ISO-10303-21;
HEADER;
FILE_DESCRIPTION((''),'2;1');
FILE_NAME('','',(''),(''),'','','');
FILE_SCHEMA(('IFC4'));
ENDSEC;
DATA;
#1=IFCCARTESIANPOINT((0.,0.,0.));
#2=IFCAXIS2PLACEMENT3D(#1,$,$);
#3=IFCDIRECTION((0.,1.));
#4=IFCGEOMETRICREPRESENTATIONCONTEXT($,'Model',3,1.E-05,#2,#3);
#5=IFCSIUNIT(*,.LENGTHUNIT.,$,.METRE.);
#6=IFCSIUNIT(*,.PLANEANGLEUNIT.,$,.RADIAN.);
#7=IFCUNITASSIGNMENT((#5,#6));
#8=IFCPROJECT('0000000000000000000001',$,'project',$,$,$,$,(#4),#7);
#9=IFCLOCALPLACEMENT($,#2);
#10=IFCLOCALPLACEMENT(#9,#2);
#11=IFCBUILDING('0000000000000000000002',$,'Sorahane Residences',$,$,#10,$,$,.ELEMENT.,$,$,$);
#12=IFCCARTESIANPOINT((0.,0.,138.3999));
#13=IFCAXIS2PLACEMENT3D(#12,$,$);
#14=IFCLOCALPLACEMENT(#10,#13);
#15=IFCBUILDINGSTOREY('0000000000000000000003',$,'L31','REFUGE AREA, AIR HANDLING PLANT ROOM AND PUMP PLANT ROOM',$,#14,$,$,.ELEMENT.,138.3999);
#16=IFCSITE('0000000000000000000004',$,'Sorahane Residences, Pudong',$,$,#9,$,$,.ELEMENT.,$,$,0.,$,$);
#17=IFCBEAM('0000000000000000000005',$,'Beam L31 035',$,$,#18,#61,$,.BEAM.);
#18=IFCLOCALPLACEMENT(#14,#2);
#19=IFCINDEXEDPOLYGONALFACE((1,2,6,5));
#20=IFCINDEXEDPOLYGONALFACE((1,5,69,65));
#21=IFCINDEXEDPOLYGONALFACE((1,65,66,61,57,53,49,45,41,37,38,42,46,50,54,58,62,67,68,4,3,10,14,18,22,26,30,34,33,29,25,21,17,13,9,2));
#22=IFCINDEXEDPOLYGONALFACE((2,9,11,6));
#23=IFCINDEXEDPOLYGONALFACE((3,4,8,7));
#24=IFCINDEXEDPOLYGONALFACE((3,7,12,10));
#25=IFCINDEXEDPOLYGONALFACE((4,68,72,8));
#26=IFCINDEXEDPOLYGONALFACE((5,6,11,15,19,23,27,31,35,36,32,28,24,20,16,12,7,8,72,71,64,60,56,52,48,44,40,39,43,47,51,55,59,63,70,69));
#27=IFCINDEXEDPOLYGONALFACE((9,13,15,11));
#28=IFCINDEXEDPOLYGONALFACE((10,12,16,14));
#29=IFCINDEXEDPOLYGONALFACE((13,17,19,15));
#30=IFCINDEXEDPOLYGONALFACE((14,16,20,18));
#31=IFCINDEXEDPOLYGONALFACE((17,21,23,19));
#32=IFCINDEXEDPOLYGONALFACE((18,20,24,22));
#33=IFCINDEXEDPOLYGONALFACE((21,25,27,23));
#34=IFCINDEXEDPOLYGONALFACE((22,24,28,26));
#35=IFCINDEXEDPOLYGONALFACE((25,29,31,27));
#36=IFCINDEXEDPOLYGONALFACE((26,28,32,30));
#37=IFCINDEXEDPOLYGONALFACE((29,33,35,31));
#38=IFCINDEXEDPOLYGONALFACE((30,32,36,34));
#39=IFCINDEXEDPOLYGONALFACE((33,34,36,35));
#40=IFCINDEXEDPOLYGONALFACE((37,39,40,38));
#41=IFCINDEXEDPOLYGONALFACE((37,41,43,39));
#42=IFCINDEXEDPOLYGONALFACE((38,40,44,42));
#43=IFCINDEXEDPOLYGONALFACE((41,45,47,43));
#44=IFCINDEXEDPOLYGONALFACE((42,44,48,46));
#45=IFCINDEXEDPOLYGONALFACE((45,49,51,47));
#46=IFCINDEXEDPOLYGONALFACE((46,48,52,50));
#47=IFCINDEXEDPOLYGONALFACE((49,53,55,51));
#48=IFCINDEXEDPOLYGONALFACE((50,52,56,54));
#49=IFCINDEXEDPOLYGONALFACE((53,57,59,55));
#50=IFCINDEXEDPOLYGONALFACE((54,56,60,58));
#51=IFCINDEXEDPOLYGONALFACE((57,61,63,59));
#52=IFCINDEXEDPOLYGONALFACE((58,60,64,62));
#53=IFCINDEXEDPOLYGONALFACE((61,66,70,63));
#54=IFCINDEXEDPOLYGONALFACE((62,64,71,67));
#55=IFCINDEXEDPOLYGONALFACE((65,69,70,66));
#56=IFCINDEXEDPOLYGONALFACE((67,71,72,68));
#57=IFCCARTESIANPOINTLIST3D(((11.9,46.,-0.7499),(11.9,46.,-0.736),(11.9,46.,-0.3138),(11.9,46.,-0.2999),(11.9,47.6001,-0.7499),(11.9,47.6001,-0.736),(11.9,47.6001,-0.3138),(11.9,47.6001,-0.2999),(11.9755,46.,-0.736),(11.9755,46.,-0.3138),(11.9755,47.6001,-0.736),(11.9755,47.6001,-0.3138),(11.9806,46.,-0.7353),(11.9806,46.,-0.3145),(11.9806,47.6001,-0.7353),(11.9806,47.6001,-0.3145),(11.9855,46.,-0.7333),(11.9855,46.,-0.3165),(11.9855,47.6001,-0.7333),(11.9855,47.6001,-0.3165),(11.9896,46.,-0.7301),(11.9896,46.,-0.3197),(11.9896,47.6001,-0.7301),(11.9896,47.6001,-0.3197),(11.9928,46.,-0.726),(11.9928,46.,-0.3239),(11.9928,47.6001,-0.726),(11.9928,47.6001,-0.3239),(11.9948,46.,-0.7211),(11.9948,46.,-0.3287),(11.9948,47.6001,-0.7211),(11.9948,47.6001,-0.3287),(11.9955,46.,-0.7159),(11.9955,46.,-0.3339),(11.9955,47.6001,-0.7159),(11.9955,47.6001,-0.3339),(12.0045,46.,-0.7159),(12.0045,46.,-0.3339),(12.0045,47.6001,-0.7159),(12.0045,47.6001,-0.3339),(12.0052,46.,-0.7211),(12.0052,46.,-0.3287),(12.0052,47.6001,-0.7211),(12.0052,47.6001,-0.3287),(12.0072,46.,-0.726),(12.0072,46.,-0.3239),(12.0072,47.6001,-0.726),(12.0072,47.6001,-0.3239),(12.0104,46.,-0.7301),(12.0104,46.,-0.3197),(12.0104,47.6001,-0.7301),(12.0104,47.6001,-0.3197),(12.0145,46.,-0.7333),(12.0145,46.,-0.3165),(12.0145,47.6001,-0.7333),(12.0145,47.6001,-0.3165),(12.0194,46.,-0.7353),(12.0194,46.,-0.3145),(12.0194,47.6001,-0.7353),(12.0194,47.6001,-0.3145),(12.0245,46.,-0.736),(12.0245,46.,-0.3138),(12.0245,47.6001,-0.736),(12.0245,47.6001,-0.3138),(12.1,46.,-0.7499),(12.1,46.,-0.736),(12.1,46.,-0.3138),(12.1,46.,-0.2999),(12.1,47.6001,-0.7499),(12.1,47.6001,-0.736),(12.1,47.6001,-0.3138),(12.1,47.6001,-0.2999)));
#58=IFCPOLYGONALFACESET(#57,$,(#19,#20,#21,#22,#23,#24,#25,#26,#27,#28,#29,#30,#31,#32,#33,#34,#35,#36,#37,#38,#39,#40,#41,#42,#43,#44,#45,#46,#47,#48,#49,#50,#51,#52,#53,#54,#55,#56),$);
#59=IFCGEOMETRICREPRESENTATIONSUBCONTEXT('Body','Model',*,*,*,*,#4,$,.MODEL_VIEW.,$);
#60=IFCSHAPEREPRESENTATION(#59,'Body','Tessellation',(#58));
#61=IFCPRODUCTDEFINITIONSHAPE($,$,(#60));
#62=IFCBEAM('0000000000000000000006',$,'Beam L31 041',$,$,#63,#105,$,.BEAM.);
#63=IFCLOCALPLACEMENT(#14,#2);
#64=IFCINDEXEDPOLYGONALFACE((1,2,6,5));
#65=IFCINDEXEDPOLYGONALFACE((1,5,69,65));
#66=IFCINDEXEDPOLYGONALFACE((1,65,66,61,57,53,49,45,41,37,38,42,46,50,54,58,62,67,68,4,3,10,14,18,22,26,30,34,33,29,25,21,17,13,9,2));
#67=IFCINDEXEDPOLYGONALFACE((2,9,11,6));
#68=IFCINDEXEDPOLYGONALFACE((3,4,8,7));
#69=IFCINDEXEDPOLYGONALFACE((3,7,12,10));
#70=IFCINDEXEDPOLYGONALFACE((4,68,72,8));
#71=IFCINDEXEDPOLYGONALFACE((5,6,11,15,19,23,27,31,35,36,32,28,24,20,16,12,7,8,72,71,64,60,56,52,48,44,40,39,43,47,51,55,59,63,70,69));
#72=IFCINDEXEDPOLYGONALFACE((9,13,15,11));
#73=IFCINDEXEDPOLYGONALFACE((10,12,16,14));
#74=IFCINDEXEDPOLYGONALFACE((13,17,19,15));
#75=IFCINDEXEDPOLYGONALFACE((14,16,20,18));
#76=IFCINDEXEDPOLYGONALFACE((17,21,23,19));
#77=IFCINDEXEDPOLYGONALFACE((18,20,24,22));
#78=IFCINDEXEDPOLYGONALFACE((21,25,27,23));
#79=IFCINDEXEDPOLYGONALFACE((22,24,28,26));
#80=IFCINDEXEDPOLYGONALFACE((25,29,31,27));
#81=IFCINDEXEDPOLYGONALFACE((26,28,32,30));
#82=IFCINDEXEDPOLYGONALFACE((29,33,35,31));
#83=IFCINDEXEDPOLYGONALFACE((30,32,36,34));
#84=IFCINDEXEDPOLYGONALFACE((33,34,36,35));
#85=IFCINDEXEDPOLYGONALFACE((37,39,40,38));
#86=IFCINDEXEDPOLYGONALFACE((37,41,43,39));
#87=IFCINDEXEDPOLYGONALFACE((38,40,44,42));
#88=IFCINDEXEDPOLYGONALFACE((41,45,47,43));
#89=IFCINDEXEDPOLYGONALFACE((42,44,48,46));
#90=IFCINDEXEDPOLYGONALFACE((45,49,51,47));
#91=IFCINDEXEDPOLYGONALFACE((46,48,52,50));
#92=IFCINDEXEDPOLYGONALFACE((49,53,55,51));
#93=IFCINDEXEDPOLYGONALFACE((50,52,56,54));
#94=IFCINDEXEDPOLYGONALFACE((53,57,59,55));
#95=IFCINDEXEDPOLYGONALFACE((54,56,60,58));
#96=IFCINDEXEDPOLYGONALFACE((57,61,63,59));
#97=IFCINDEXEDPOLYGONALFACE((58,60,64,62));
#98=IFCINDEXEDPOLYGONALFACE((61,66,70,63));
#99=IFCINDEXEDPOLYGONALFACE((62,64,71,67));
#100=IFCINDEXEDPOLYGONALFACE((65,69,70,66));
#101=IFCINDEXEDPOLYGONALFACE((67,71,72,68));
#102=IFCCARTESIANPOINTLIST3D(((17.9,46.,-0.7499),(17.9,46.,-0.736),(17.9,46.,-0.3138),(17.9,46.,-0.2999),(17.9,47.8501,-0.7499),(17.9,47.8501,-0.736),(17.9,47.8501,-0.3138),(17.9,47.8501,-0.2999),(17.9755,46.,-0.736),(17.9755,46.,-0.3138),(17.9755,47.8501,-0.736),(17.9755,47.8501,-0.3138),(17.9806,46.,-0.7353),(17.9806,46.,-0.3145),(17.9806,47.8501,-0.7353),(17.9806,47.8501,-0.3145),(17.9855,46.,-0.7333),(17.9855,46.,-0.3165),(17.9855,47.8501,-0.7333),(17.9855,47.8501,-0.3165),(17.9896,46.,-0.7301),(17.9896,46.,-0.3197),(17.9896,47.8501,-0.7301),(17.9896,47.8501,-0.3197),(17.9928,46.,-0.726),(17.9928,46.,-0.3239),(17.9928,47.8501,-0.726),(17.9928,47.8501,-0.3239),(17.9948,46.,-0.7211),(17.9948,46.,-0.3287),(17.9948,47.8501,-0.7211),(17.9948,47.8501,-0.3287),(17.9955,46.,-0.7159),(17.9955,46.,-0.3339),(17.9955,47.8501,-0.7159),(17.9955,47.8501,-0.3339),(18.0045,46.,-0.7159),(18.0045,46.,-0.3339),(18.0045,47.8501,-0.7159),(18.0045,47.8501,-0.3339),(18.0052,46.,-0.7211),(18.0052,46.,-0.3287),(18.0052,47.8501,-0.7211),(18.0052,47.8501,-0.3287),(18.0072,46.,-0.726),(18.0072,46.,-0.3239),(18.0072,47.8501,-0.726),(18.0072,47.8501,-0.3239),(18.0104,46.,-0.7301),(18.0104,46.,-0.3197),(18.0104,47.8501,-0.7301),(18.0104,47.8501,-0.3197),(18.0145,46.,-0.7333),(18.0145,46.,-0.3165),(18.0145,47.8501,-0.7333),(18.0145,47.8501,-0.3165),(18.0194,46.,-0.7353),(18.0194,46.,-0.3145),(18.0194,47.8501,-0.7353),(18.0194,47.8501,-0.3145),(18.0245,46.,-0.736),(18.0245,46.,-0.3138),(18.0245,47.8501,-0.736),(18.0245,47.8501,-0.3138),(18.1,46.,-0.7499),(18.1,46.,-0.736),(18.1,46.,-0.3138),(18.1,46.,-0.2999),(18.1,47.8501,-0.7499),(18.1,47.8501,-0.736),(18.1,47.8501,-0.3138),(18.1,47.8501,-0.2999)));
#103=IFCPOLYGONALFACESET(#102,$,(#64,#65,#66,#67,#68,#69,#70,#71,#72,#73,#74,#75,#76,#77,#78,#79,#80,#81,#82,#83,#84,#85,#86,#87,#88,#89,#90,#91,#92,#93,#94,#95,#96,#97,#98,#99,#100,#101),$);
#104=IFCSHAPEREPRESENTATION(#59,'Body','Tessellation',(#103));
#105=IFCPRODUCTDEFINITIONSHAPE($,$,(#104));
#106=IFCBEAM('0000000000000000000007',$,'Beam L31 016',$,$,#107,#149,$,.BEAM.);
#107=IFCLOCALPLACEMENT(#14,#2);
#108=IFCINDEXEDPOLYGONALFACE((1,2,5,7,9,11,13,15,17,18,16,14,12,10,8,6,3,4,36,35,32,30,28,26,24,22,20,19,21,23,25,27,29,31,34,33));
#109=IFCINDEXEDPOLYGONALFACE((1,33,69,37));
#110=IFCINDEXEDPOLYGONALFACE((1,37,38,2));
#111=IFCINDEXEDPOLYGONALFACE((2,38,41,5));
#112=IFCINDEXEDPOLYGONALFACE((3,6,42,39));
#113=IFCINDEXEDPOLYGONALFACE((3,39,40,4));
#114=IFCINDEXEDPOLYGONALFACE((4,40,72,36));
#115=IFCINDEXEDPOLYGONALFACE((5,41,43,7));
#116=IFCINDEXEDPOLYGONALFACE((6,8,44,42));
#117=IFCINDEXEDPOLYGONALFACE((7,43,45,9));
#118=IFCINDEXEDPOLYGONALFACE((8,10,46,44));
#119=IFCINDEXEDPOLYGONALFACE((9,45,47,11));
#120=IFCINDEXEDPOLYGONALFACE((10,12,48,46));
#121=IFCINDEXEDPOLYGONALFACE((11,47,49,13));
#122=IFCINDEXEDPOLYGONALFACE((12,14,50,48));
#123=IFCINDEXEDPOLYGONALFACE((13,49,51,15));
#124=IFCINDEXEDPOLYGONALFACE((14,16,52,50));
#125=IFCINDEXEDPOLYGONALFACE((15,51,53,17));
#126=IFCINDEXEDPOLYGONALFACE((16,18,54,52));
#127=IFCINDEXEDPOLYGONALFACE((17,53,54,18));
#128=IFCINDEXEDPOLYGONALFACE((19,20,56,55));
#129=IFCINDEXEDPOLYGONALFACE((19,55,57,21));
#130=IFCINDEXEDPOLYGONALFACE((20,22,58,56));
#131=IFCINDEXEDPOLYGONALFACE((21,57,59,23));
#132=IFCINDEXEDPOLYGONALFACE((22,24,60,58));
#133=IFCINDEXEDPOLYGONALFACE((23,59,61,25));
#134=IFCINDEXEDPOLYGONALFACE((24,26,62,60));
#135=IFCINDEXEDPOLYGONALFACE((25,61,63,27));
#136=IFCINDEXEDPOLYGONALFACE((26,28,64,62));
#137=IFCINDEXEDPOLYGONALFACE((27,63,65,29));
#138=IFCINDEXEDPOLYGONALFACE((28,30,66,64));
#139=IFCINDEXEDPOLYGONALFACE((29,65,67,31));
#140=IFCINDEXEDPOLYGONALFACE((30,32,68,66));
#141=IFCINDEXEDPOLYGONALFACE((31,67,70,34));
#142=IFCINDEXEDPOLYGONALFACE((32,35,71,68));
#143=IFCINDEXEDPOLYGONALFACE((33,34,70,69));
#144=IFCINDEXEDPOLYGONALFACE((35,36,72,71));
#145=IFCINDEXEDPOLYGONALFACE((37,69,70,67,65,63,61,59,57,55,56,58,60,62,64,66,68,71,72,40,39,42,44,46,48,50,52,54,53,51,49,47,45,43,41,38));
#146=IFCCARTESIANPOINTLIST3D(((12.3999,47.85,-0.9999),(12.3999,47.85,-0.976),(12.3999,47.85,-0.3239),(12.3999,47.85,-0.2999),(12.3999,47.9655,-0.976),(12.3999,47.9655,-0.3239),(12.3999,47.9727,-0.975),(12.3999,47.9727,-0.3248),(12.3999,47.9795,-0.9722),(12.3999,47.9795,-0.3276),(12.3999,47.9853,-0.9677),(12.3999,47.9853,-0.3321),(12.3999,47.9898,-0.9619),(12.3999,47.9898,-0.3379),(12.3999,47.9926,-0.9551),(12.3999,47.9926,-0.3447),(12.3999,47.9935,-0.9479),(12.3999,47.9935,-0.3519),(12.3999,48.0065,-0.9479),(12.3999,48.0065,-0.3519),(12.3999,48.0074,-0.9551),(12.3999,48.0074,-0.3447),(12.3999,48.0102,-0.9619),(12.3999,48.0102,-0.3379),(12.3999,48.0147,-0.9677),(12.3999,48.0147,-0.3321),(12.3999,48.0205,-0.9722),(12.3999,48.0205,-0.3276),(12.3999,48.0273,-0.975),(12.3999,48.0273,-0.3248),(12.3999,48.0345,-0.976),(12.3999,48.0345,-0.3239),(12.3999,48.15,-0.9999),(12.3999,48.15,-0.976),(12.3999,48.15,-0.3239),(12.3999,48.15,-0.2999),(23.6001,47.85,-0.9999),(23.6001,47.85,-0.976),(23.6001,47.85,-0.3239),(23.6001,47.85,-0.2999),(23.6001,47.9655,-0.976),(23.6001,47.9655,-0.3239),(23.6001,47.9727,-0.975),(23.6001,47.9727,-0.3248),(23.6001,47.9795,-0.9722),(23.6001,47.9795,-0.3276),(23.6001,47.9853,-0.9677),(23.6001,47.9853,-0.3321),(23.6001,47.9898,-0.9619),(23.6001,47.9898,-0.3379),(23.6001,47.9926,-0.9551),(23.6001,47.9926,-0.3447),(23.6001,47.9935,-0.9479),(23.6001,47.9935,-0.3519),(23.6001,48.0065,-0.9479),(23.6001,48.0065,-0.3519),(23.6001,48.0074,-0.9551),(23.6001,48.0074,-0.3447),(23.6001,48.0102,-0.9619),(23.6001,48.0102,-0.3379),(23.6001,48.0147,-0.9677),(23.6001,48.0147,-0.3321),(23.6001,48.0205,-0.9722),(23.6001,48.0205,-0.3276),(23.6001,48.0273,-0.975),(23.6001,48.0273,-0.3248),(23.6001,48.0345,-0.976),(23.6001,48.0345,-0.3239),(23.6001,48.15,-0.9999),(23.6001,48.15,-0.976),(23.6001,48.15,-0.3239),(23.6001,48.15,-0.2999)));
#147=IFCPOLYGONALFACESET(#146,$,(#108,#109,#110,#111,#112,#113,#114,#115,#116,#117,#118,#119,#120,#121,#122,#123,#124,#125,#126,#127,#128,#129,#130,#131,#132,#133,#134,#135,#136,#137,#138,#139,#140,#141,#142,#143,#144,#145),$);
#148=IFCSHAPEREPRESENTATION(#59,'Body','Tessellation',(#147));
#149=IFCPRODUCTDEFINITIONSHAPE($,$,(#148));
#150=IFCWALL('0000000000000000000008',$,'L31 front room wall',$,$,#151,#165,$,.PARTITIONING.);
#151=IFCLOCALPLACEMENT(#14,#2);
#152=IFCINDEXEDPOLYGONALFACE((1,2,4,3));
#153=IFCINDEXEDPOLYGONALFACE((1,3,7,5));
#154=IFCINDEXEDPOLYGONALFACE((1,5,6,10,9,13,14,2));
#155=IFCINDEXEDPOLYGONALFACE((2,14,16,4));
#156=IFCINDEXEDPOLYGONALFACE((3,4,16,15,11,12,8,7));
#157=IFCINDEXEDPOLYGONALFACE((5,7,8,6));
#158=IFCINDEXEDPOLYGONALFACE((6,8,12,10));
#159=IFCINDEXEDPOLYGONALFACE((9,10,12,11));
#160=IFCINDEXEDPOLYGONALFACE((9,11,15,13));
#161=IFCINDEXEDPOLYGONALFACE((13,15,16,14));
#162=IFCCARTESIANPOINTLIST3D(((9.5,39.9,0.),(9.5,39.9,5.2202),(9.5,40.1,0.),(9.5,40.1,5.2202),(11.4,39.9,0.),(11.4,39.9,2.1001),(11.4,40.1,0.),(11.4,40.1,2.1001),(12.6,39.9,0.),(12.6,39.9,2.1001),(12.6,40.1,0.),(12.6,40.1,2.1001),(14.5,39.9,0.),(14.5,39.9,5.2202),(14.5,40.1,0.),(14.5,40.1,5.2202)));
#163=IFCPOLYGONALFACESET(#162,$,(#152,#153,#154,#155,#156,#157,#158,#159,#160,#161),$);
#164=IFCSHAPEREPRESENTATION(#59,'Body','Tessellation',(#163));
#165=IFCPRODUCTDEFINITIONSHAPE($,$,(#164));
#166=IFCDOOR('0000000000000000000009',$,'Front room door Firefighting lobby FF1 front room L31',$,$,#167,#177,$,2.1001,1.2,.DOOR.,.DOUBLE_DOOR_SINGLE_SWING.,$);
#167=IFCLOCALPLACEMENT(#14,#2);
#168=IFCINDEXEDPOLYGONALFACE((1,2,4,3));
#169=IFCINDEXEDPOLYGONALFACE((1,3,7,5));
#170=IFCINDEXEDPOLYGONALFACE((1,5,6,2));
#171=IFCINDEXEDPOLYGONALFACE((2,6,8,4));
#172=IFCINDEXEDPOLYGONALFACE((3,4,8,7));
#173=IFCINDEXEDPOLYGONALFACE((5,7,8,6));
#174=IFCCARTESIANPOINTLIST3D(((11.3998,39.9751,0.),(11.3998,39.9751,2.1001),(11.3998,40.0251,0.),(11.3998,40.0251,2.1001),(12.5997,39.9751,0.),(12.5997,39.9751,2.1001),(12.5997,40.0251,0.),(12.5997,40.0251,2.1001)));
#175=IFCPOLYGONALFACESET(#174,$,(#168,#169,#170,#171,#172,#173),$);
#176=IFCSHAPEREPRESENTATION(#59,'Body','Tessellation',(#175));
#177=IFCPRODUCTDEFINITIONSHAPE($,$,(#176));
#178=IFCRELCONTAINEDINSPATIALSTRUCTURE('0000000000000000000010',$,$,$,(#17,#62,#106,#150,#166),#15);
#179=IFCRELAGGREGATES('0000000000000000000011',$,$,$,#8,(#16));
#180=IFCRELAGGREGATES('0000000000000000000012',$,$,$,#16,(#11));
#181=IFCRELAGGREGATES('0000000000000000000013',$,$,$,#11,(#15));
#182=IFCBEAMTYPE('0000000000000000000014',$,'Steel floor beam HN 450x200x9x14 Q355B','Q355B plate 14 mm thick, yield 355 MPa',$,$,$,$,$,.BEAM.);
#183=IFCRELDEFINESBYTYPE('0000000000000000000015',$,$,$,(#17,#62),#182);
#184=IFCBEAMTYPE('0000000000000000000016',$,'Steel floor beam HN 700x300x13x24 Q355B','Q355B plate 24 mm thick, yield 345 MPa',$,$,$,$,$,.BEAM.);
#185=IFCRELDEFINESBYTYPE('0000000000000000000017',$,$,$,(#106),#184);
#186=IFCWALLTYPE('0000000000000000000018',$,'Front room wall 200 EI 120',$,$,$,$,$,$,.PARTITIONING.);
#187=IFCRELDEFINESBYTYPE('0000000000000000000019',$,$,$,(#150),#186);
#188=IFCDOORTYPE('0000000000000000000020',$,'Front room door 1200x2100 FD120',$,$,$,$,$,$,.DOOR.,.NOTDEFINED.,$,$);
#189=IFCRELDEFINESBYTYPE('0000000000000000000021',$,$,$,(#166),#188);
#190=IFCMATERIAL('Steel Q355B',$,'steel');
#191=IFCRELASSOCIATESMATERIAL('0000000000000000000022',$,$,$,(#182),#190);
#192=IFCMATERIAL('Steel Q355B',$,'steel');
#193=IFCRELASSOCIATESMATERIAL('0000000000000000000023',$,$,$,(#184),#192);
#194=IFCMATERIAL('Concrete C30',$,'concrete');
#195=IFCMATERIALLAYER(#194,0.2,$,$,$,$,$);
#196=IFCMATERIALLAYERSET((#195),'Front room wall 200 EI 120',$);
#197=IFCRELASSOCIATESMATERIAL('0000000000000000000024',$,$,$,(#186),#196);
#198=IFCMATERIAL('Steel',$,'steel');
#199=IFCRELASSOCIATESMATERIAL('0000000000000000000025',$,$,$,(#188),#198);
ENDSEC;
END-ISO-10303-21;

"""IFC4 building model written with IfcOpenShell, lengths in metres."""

from ifc_helpers import new_model, si_unit, direction, frame, frame_2d, origin, origin_2d, place, context, subcontext, project, spatial, rectangle, i_section, extrude, material, layer, layer_set, material_profile, profile_set, type_object, element, fill, save


model = new_model("IFC4")

# Units and contexts
model_context = context("Model", 3, precision=1e-05, world=origin(), true_north=direction((0.0, 1.0)))
body_context = subcontext(model_context, "Body", "Model", "MODEL_VIEW")
ifc_project = project(units=[si_unit("LENGTHUNIT", "METRE"), si_unit("PLANEANGLEUNIT", "RADIAN")], contexts=[model_context])

# Site, building, storey
site_placement = place(None, origin())
site = spatial("IfcSite", under=ifc_project, at=site_placement, Name="Sorahane Residences, Pudong", CompositionType="ELEMENT", RefElevation=0.0)
building_placement = place(site_placement, origin())
building = spatial("IfcBuilding", under=site, at=building_placement, Name="Sorahane Residences", CompositionType="ELEMENT")
storey_placement = place(building_placement, frame((0.0, 0.0, 138.3999)))
storey = spatial("IfcBuildingStorey", under=building, at=storey_placement, Name="L31", Description="REFUGE AREA, AIR HANDLING PLANT ROOM AND PUMP PLANT ROOM", CompositionType="ELEMENT", Elevation=138.3999)

# Beams
ifc_material_1 = material(Name="Steel Q355B", Category="steel")
ifc_material_profile_1 = material_profile(ifc_material_1, i_section(OverallWidth=0.2, OverallDepth=0.45, WebThickness=0.009, FlangeThickness=0.0139, FilletRadius=0.02, at=origin_2d()), Name="HN 450x200x9x14")
ifc_profile_set_1 = profile_set([ifc_material_profile_1], Name="Steel Q355B")
beam_type_1 = type_object("IfcBeamType", Name="Steel floor beam HN 450x200x9x14 Q355B", Description="Q355B plate 14 mm thick, yield 355 MPa", PredefinedType="BEAM", material=ifc_profile_set_1)
beam_1_placement = place(storey_placement, frame((12.0, 46.0, -0.5249), z_axis=(0.0, 1.0, 0.0), x_axis=(-1.0, 0.0, 0.0)))
element("IfcBeam", 1, at=beam_1_placement, inside=storey, type_object=beam_type_1, Name="Beam L31 035", PredefinedType="BEAM", context=body_context, shape_type="SweptSolid", body=[
    extrude(i_section(OverallWidth=0.2, OverallDepth=0.45, WebThickness=0.009, FlangeThickness=0.0139, FilletRadius=0.02, at=origin_2d()), origin(), (0.0, 0.0, 1.0), 1.6001),
])
beam_2_placement = place(storey_placement, frame((18.0, 46.0, -0.5249), z_axis=(0.0, 1.0, 0.0), x_axis=(-1.0, 0.0, 0.0)))
element("IfcBeam", 2, at=beam_2_placement, inside=storey, type_object=beam_type_1, Name="Beam L31 041", PredefinedType="BEAM", context=body_context, shape_type="SweptSolid", body=[
    extrude(i_section(OverallWidth=0.2, OverallDepth=0.45, WebThickness=0.009, FlangeThickness=0.0139, FilletRadius=0.02, at=origin_2d()), origin(), (0.0, 0.0, 1.0), 1.8501),
])
ifc_material_2 = material(Name="Steel Q355B", Category="steel")
ifc_material_profile_2 = material_profile(ifc_material_2, i_section(OverallWidth=0.3, OverallDepth=0.7, WebThickness=0.0129, FlangeThickness=0.0239, FilletRadius=0.0281, at=origin_2d()), Name="HN 700x300x13x24")
ifc_profile_set_2 = profile_set([ifc_material_profile_2], Name="Steel Q355B")
beam_type_2 = type_object("IfcBeamType", Name="Steel floor beam HN 700x300x13x24 Q355B", Description="Q355B plate 24 mm thick, yield 345 MPa", PredefinedType="BEAM", material=ifc_profile_set_2)
beam_3_placement = place(storey_placement, frame((12.3999, 48.0, -0.6499), z_axis=(1.0, 0.0, 0.0), x_axis=(0.0, 1.0, 0.0)))
element("IfcBeam", 3, at=beam_3_placement, inside=storey, type_object=beam_type_2, Name="Beam L31 016", PredefinedType="BEAM", context=body_context, shape_type="SweptSolid", body=[
    extrude(i_section(OverallWidth=0.3, OverallDepth=0.7, WebThickness=0.0129, FlangeThickness=0.0239, FilletRadius=0.0281, at=origin_2d()), origin(), (0.0, 0.0, 1.0), 11.2002),
])

# Wall, opening, door
ifc_material_3 = material(Name="Concrete C30", Category="concrete")
ifc_layer_1 = layer(ifc_material_3, 0.2)
ifc_layer_set_1 = layer_set([ifc_layer_1], Name="Front room wall 200 EI 120")
wall_type_1 = type_object("IfcWallType", Name="Front room wall 200 EI 120", PredefinedType="PARTITIONING", material=ifc_layer_set_1)
wall_1_placement = place(storey_placement, frame((9.5, 40.0, 0.0), z_axis=(0.0, 0.0, 1.0), x_axis=(1.0, 0.0, 0.0)))
wall_1 = element("IfcWall", 4, at=wall_1_placement, inside=storey, type_object=wall_type_1, Name="L31 front room wall", PredefinedType="PARTITIONING", context=body_context, shape_type="SweptSolid", body=[
    extrude(rectangle(XDim=5.0, YDim=0.2, at=frame_2d((2.5, 0.0))), origin(), (0.0, 0.0, 1.0), 5.2202),
])
opening_placement = place(wall_1_placement, frame((1.8999, 0.0, 0.0)))
opening = element("IfcOpeningElement", 5, at=opening_placement, cuts=wall_1, PredefinedType="OPENING", context=body_context, shape_type="SweptSolid", body=[
    extrude(rectangle(XDim=1.2, YDim=2.1001, at=frame_2d((0.6001, 1.05))), frame((0.0, 0.1099, 0.0), z_axis=(0.0, -1.0, 0.0), x_axis=(1.0, 0.0, 0.0)), (0.0, 0.0, 1.0), 0.22),
])
ifc_material_4 = material(Name="Steel", Category="steel")
door_type = type_object("IfcDoorType", Name="Front room door 1200x2100 FD120", OperationType="NOTDEFINED", PredefinedType="DOOR", material=ifc_material_4)
door_placement = place(opening_placement, frame((1.2, 0.0, 0.0), z_axis=(0.0, 0.0, 1.0), x_axis=(-1.0, 0.0, 0.0)))
door = element("IfcDoor", 6, at=door_placement, inside=storey, type_object=door_type, Name="Front room door Firefighting lobby FF1 front room L31", OperationType="DOUBLE_DOOR_SINGLE_SWING", OverallHeight=2.1001, OverallWidth=1.2, PredefinedType="DOOR", context=body_context, shape_type="SweptSolid", body=[
    extrude(rectangle(XDim=1.2, YDim=2.1001, at=frame_2d((0.6001, 1.05))), frame((0.0, 0.0249, 0.0), z_axis=(0.0, -1.0, 0.0), x_axis=(1.0, 0.0, 0.0)), (0.0, 0.0, 1.0), 0.05),
])
fill(opening, door)

save(model, "model.ifc")
